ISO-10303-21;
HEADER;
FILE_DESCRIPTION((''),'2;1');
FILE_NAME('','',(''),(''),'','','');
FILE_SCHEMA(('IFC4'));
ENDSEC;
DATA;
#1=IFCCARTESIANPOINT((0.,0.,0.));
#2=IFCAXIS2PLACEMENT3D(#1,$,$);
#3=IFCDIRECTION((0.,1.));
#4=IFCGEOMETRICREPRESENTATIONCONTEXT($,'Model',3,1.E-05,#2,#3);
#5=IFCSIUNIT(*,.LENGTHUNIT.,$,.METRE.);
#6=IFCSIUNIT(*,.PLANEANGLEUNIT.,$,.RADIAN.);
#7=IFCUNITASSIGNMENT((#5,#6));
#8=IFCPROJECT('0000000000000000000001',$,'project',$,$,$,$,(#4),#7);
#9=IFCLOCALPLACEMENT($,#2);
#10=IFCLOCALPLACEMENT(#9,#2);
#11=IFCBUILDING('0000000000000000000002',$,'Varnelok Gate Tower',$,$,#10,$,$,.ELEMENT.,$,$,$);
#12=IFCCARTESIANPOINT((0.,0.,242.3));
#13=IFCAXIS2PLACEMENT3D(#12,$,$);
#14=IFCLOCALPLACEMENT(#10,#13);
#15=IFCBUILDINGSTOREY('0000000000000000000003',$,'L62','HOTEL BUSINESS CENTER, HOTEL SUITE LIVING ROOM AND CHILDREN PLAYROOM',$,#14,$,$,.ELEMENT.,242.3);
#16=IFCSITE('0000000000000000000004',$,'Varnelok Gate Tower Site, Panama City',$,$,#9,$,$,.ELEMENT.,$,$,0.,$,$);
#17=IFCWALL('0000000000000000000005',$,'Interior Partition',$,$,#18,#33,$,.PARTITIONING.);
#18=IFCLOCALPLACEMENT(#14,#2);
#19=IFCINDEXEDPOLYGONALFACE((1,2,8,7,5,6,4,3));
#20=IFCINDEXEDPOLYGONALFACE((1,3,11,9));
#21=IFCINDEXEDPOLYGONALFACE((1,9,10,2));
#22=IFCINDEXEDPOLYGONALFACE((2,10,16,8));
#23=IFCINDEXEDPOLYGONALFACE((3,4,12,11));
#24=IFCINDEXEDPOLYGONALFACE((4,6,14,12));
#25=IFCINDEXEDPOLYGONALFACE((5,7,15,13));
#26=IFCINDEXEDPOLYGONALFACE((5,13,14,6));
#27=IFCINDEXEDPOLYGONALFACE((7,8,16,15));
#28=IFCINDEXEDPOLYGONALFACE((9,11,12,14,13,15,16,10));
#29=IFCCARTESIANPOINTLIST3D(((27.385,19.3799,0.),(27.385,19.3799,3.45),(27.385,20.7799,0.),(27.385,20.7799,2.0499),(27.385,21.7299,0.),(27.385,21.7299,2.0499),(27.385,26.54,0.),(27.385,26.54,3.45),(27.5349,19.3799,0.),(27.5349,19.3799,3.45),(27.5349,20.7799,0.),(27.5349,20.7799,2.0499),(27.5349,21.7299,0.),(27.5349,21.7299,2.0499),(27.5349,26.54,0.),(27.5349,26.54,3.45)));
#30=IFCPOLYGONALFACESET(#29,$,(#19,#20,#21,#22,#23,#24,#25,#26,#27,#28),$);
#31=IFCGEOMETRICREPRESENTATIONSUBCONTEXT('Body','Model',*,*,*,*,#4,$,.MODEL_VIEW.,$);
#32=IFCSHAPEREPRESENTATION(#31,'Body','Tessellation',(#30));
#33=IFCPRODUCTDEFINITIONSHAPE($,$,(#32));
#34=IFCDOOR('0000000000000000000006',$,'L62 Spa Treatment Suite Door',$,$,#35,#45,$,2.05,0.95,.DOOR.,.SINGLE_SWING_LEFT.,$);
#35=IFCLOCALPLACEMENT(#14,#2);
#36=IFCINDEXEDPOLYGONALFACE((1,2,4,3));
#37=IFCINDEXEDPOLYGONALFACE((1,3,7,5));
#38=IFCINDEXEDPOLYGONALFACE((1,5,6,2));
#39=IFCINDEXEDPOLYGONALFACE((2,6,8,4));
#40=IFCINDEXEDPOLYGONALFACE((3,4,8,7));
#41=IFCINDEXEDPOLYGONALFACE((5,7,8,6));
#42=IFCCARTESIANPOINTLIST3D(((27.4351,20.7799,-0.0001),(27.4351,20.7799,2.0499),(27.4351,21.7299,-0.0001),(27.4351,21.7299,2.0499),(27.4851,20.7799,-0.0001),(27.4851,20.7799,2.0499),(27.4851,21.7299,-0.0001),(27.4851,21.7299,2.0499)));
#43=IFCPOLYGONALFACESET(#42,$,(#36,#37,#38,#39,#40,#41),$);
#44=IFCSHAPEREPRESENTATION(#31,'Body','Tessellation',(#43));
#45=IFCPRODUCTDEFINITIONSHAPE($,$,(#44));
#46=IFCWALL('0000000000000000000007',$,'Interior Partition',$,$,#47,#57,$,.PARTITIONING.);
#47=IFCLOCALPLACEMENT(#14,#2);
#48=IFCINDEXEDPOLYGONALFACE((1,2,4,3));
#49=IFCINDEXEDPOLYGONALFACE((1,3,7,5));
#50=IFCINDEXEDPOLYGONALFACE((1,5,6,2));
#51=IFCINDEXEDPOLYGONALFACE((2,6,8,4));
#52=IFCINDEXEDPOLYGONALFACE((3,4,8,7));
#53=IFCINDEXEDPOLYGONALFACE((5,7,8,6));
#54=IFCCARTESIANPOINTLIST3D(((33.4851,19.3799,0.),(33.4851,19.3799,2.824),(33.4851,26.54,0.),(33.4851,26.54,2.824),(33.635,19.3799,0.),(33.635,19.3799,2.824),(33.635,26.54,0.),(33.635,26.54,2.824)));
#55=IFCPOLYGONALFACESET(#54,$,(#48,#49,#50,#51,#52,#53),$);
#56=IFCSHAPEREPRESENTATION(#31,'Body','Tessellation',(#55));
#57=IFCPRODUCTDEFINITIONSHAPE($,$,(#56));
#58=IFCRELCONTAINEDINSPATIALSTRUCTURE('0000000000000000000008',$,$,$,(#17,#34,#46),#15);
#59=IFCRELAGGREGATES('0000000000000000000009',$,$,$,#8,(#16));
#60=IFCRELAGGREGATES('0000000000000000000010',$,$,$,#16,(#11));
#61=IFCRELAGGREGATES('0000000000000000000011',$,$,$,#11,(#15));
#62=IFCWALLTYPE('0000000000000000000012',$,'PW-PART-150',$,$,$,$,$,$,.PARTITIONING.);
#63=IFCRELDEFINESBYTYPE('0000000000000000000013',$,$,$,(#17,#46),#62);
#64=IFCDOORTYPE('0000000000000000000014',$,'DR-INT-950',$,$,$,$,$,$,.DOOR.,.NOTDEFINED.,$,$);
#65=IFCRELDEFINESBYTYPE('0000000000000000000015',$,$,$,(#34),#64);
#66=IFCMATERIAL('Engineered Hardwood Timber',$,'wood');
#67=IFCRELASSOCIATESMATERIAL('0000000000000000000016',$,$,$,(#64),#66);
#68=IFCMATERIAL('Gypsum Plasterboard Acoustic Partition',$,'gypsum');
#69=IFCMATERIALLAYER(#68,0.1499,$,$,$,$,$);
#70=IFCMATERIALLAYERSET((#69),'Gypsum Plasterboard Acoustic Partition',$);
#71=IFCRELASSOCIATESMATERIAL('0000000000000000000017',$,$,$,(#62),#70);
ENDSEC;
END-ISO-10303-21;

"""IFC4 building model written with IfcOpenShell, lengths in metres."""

from ifc_helpers import new_model, si_unit, direction, frame, frame_2d, origin, place, context, subcontext, project, spatial, rectangle, extrude, material, layer, layer_set, type_object, element, fill, save


model = new_model("IFC4")

# Units and contexts
model_context = context("Model", 3, precision=1e-05, world=origin(), true_north=direction((0.0, 1.0)))
body_context = subcontext(model_context, "Body", "Model", "MODEL_VIEW")
ifc_project = project(units=[si_unit("LENGTHUNIT", "METRE"), si_unit("PLANEANGLEUNIT", "RADIAN")], contexts=[model_context])

# Site, building, storey
site_placement = place(None, origin())
site = spatial("IfcSite", under=ifc_project, at=site_placement, Name="Varnelok Gate Tower Site, Panama City", CompositionType="ELEMENT", RefElevation=0.0)
building_placement = place(site_placement, origin())
building = spatial("IfcBuilding", under=site, at=building_placement, Name="Varnelok Gate Tower", CompositionType="ELEMENT")
storey_placement = place(building_placement, frame((0.0, 0.0, 242.3)))
storey = spatial("IfcBuildingStorey", under=building, at=storey_placement, Name="L62", Description="HOTEL BUSINESS CENTER, HOTEL SUITE LIVING ROOM AND CHILDREN PLAYROOM", CompositionType="ELEMENT", Elevation=242.3)

# Shared definitions
ifc_material_1 = material(Name="Gypsum Plasterboard Acoustic Partition", Category="gypsum")
ifc_material_2 = material(Name="Engineered Hardwood Timber", Category="wood")
door_type_1 = type_object("IfcDoorType", Name="DR-INT-950", OperationType="NOTDEFINED", PredefinedType="DOOR", material=ifc_material_2)

# Shared definitions
ifc_layer_1 = layer(ifc_material_1, 0.1499)
ifc_layer_set_1 = layer_set([ifc_layer_1], Name="Gypsum Plasterboard Acoustic Partition")
wall_type_1 = type_object("IfcWallType", Name="PW-PART-150", PredefinedType="PARTITIONING", material=ifc_layer_set_1)

# Wall, opening, door
wall_1_placement = place(storey_placement, frame((27.46, 19.3799, 0.0), z_axis=(0.0, 0.0, 1.0), x_axis=(0.0, 1.0, 0.0)))
wall_1 = element("IfcWall", 1, at=wall_1_placement, inside=storey, type_object=wall_type_1, Name="Interior Partition", PredefinedType="PARTITIONING", context=body_context, shape_type="SweptSolid", body=[
    extrude(rectangle(XDim=7.1602, YDim=0.1499, at=frame_2d((3.5801, 0.0))), origin(), (0.0, 0.0, 1.0), 3.45),
])
opening_1_placement = place(wall_1_placement, frame((1.3999, 0.0, 0.0)))
opening_1 = element("IfcOpeningElement", 2, at=opening_1_placement, cuts=wall_1, PredefinedType="OPENING", context=body_context, shape_type="SweptSolid", body=[
    extrude(rectangle(XDim=0.95, YDim=2.05, at=frame_2d((0.4751, 1.0249))), frame((0.0, 0.085, 0.0), z_axis=(0.0, -1.0, 0.0), x_axis=(1.0, 0.0, 0.0)), (0.0, 0.0, 1.0), 0.1699),
])
door_1_placement = place(opening_1_placement, origin())
door_1 = element("IfcDoor", 3, at=door_1_placement, inside=storey, type_object=door_type_1, Name="L62 Spa Treatment Suite Door", OperationType="SINGLE_SWING_LEFT", OverallHeight=2.05, OverallWidth=0.95, PredefinedType="DOOR", context=body_context, shape_type="SweptSolid", body=[
    extrude(rectangle(XDim=0.95, YDim=2.05, at=frame_2d((0.4751, 1.0249))), frame((0.0, 0.0249, 0.0), z_axis=(0.0, -1.0, 0.0), x_axis=(1.0, 0.0, 0.0)), (0.0, 0.0, 1.0), 0.05),
])
fill(opening_1, door_1)

# Wall
wall_2_placement = place(storey_placement, frame((33.5601, 19.3799, 0.0), z_axis=(0.0, 0.0, 1.0), x_axis=(0.0, 1.0, 0.0)))
element("IfcWall", 4, at=wall_2_placement, inside=storey, type_object=wall_type_1, Name="Interior Partition", PredefinedType="PARTITIONING", context=body_context, shape_type="SweptSolid", body=[
    extrude(rectangle(XDim=7.1602, YDim=0.1499, at=frame_2d((3.5801, 0.0))), origin(), (0.0, 0.0, 1.0), 2.824),
])

save(model, "model.ifc")
